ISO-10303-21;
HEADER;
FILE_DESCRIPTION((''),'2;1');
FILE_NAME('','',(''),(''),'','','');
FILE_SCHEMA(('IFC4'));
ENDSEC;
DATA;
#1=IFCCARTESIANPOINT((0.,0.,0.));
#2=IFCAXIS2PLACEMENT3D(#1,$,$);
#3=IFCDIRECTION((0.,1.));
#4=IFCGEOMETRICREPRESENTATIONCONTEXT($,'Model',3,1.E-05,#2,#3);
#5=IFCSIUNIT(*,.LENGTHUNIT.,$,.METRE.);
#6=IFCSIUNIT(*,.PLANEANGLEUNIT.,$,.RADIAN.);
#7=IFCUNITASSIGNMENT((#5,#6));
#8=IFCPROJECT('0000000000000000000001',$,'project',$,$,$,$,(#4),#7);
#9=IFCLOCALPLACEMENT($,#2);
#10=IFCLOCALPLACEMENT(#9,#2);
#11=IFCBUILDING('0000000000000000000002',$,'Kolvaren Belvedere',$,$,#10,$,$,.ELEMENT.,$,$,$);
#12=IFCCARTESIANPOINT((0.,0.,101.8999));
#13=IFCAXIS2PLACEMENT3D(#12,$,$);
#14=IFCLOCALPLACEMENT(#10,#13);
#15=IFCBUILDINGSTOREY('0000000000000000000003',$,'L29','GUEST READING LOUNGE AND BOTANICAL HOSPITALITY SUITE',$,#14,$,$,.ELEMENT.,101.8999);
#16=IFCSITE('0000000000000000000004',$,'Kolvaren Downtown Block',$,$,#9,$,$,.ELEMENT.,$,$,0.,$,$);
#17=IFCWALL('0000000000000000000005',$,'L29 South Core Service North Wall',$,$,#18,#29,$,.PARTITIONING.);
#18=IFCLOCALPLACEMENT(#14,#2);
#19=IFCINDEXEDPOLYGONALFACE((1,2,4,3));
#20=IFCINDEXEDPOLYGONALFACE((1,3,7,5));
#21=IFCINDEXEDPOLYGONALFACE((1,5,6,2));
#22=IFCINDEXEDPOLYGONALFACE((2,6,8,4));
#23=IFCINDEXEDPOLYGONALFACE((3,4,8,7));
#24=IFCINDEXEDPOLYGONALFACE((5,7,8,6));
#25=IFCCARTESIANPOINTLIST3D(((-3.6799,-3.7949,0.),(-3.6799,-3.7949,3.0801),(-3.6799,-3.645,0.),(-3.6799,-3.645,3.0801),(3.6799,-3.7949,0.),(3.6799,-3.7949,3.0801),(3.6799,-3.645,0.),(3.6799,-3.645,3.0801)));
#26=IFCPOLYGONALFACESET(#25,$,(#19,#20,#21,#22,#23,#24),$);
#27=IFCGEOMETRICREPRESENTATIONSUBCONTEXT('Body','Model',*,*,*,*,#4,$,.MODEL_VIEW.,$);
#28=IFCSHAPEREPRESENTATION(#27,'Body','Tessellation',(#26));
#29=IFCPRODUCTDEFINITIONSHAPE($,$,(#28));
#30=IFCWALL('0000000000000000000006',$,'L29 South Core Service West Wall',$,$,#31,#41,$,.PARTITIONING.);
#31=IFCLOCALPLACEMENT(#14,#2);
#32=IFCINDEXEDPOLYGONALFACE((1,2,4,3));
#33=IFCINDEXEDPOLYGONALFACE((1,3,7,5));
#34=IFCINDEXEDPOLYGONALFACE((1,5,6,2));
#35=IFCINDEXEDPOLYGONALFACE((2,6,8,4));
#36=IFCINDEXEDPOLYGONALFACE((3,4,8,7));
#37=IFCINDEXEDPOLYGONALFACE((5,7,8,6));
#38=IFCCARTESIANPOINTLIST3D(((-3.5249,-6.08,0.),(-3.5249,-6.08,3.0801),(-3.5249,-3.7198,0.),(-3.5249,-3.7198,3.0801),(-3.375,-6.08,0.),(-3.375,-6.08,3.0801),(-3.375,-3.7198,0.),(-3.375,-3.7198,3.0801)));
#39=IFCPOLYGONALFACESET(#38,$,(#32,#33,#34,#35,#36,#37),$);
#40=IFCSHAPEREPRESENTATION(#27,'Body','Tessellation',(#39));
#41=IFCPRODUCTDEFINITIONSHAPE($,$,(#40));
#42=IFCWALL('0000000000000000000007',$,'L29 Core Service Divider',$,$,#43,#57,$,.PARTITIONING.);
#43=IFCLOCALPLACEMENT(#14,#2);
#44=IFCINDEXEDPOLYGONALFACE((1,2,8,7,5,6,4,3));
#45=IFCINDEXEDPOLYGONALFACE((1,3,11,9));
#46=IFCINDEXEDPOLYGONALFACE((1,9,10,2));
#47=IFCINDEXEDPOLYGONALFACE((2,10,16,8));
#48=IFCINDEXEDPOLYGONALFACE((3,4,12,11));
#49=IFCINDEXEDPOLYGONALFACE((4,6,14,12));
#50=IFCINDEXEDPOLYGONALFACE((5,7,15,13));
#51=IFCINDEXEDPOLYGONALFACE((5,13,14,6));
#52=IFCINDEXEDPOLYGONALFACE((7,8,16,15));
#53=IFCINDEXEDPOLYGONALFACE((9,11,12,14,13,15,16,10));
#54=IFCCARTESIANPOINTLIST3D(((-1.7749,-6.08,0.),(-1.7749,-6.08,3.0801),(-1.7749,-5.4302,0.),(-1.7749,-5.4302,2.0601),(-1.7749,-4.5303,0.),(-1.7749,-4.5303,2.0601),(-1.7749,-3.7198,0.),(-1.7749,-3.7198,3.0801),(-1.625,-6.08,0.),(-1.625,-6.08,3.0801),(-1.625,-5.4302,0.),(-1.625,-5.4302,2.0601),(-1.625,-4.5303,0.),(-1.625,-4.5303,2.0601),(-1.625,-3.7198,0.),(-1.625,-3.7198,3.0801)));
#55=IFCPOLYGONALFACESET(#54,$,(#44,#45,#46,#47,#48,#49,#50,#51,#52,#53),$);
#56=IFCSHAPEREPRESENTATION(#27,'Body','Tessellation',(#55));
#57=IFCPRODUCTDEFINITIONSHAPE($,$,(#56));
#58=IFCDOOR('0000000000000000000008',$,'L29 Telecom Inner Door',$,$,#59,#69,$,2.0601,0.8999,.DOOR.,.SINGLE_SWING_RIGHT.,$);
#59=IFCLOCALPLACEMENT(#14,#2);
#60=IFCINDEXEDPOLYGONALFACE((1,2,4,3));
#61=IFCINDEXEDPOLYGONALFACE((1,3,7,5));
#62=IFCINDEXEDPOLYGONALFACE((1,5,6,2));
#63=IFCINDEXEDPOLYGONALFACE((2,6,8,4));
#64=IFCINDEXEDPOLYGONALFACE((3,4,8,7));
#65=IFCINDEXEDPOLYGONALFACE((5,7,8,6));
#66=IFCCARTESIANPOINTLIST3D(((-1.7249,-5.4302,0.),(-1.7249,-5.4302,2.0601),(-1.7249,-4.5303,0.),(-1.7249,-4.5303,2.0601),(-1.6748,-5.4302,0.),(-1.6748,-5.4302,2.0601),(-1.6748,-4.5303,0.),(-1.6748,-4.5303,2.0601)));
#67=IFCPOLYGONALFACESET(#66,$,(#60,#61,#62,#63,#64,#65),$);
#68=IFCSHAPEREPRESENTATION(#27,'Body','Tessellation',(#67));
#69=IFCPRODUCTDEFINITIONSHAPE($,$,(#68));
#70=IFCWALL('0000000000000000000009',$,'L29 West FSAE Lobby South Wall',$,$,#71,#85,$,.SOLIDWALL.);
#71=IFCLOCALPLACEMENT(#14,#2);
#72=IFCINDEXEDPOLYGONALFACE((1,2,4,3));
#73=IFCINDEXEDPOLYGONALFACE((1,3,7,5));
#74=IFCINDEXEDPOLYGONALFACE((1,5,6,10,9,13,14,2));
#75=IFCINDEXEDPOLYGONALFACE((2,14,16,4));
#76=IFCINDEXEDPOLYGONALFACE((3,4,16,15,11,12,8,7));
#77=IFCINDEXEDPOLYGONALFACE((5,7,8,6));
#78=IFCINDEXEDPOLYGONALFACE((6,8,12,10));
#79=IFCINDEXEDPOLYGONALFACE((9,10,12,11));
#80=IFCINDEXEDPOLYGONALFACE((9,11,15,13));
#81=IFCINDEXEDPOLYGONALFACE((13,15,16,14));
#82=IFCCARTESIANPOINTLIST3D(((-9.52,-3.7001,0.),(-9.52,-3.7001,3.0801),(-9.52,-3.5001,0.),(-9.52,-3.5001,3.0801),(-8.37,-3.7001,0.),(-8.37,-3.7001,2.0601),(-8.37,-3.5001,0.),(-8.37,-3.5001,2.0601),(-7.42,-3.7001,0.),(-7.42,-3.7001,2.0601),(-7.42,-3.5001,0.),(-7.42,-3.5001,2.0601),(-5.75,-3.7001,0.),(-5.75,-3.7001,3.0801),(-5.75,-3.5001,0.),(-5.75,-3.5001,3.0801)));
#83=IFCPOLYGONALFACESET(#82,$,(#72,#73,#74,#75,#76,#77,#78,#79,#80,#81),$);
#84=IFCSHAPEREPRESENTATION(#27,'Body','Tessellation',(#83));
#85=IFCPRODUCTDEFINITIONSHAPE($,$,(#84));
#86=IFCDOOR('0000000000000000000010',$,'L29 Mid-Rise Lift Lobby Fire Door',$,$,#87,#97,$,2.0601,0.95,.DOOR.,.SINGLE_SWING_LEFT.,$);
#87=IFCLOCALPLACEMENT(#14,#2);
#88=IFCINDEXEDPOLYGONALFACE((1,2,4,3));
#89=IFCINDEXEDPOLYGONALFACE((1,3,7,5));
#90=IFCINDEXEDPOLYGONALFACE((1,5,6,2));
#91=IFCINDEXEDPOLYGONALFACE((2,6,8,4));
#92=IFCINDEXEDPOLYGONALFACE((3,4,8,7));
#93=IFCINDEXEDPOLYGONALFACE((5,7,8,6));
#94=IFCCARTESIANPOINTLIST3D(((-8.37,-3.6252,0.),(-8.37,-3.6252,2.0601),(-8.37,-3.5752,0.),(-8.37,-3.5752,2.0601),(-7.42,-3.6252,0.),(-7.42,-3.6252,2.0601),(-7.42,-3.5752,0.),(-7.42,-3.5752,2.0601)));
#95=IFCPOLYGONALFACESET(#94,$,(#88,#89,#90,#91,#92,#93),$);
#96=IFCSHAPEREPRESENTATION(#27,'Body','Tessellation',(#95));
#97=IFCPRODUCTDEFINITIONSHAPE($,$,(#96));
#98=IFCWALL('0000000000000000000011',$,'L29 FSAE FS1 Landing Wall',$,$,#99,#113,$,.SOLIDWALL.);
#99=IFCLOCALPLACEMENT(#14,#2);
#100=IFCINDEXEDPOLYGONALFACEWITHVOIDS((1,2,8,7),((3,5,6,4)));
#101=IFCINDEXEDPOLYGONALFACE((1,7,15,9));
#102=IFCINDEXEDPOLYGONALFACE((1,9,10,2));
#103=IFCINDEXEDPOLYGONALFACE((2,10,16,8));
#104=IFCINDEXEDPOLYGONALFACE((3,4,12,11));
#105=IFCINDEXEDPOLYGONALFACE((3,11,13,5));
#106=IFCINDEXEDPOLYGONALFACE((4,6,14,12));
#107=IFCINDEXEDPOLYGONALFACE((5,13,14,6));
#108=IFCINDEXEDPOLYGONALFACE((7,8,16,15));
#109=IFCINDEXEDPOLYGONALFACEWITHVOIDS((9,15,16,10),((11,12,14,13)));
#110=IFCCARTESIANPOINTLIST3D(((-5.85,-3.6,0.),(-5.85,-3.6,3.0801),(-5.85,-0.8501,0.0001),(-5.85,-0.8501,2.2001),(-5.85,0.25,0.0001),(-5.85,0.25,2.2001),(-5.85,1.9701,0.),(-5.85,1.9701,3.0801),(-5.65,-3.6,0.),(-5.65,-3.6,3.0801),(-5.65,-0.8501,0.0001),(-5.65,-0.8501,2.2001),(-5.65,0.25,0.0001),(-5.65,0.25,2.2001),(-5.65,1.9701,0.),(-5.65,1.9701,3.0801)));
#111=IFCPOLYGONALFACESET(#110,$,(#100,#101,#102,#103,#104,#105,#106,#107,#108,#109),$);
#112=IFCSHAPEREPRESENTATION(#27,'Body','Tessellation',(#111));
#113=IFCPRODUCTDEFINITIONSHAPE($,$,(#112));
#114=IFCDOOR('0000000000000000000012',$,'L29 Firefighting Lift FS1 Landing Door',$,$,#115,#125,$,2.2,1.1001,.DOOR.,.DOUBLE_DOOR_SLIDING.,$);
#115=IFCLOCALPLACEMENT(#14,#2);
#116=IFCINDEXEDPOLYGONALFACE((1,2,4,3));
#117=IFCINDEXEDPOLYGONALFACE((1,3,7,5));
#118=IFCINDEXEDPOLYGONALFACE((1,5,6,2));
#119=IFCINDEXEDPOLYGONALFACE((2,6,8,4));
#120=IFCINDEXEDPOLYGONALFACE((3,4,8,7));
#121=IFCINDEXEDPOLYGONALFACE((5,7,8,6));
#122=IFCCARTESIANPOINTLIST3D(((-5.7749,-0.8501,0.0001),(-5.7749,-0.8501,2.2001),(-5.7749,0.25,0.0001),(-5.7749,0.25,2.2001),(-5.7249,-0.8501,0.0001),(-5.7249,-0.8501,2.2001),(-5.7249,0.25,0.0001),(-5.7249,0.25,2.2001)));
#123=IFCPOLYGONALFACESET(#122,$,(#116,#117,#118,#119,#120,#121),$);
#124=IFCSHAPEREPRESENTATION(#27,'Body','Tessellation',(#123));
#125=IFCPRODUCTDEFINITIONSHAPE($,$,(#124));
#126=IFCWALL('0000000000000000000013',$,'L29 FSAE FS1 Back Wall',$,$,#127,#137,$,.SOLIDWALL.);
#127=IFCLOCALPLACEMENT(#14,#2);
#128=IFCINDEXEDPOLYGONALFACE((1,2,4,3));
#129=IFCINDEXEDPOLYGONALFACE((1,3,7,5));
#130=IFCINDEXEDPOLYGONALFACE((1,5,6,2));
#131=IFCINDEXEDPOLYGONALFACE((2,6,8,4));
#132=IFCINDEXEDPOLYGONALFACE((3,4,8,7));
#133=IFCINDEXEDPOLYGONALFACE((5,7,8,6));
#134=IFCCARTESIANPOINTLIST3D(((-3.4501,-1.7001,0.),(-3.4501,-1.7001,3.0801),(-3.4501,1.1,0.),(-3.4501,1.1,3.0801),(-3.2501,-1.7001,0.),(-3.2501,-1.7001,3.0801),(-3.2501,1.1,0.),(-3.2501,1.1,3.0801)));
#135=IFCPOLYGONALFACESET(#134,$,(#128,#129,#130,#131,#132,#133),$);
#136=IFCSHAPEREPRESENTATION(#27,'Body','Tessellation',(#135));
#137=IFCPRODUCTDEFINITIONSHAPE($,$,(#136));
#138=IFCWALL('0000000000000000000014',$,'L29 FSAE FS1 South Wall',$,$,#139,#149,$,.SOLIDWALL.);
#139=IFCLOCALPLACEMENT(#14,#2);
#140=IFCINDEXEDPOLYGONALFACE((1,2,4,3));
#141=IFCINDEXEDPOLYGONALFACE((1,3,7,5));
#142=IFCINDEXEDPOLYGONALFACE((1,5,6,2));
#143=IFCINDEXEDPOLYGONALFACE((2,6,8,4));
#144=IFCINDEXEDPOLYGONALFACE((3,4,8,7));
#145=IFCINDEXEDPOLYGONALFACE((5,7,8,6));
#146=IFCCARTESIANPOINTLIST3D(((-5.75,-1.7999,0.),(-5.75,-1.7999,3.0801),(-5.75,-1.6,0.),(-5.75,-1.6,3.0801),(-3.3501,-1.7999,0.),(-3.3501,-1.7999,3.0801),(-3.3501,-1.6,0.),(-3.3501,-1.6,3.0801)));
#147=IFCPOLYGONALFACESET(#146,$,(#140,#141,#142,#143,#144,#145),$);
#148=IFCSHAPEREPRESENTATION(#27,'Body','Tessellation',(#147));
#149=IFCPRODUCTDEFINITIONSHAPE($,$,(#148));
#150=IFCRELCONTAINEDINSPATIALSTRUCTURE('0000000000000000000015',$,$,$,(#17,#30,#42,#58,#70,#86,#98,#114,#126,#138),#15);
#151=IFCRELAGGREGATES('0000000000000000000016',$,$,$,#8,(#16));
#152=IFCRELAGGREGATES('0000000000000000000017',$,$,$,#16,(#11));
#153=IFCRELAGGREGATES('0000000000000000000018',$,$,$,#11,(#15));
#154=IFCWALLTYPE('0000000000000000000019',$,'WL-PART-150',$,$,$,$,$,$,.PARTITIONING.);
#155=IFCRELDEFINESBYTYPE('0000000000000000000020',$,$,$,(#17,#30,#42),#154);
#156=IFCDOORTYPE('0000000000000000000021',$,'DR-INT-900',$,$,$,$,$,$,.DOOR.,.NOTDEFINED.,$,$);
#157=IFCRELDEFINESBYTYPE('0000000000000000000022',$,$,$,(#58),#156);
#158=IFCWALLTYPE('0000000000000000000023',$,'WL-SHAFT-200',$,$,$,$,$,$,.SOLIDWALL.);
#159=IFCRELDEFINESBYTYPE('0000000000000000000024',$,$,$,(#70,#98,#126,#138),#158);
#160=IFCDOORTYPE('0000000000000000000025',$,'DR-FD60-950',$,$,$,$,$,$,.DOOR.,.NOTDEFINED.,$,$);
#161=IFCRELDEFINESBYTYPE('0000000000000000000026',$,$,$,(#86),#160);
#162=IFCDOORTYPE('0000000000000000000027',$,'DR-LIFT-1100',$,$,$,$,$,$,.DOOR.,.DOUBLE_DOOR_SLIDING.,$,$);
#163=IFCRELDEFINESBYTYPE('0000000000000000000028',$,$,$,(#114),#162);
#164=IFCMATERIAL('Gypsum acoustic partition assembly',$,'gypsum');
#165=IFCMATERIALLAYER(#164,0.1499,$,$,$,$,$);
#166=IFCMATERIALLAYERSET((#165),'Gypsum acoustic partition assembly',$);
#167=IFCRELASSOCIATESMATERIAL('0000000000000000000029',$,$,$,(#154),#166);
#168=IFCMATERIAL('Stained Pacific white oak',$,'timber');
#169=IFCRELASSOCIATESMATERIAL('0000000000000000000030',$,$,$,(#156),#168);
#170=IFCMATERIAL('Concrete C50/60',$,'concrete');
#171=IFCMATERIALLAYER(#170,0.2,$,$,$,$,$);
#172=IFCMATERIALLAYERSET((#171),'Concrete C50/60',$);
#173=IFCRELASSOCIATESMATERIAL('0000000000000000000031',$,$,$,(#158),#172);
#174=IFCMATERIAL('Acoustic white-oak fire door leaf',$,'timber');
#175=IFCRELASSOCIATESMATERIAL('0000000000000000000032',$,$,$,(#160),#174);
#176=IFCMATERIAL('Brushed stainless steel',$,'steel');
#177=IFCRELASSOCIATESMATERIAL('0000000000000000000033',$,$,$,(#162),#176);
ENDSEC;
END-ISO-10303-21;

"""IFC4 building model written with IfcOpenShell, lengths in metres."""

from ifc_helpers import new_model, si_unit, direction, frame, frame_2d, origin, place, context, subcontext, project, spatial, rectangle, extrude, material, layer, layer_set, type_object, element, fill, save


model = new_model("IFC4")

# Units and contexts
model_context = context("Model", 3, precision=1e-05, world=origin(), true_north=direction((0.0, 1.0)))
body_context = subcontext(model_context, "Body", "Model", "MODEL_VIEW")
ifc_project = project(units=[si_unit("LENGTHUNIT", "METRE"), si_unit("PLANEANGLEUNIT", "RADIAN")], contexts=[model_context])

# Site, building, storey
site_placement = place(None, origin())
site = spatial("IfcSite", under=ifc_project, at=site_placement, Name="Kolvaren Downtown Block", CompositionType="ELEMENT", RefElevation=0.0)
building_placement = place(site_placement, origin())
building = spatial("IfcBuilding", under=site, at=building_placement, Name="Kolvaren Belvedere", CompositionType="ELEMENT")
storey_placement = place(building_placement, frame((0.0, 0.0, 101.8999)))
storey = spatial("IfcBuildingStorey", under=building, at=storey_placement, Name="L29", Description="GUEST READING LOUNGE AND BOTANICAL HOSPITALITY SUITE", CompositionType="ELEMENT", Elevation=101.8999)

# Walls
ifc_material_1 = material(Name="Gypsum acoustic partition assembly", Category="gypsum")
ifc_layer_1 = layer(ifc_material_1, 0.1499)
ifc_layer_set_1 = layer_set([ifc_layer_1], Name="Gypsum acoustic partition assembly")
wall_type_1 = type_object("IfcWallType", Name="WL-PART-150", PredefinedType="PARTITIONING", material=ifc_layer_set_1)
wall_1_placement = place(storey_placement, frame((-3.6799, -3.72, 0.0), z_axis=(0.0, 0.0, 1.0), x_axis=(1.0, 0.0, 0.0)))
element("IfcWall", 1, at=wall_1_placement, inside=storey, type_object=wall_type_1, Name="L29 South Core Service North Wall", PredefinedType="PARTITIONING", context=body_context, shape_type="SweptSolid", body=[
    extrude(rectangle(XDim=7.3599, YDim=0.1499, at=frame_2d((3.6799, 0.0))), origin(), (0.0, 0.0, 1.0), 3.0801),
])
wall_2_placement = place(storey_placement, frame((-3.45, -6.0801, 0.0), z_axis=(0.0, 0.0, 1.0), x_axis=(0.0, 1.0, 0.0)))
element("IfcWall", 2, at=wall_2_placement, inside=storey, type_object=wall_type_1, Name="L29 South Core Service West Wall", PredefinedType="PARTITIONING", context=body_context, shape_type="SweptSolid", body=[
    extrude(rectangle(XDim=2.3601, YDim=0.1499, at=frame_2d((1.1802, 0.0))), origin(), (0.0, 0.0, 1.0), 3.0801),
])

# Walls, openings, doors
wall_3_placement = place(storey_placement, frame((-1.7, -6.0801, 0.0), z_axis=(0.0, 0.0, 1.0), x_axis=(0.0, 1.0, 0.0)))
wall_3 = element("IfcWall", 3, at=wall_3_placement, inside=storey, type_object=wall_type_1, Name="L29 Core Service Divider", PredefinedType="PARTITIONING", context=body_context, shape_type="SweptSolid", body=[
    extrude(rectangle(XDim=2.3601, YDim=0.1499, at=frame_2d((1.1802, 0.0))), origin(), (0.0, 0.0, 1.0), 3.0801),
])
opening_1_placement = place(wall_3_placement, frame((0.6499, 0.0, 0.0)))
opening_1 = element("IfcOpeningElement", 4, at=opening_1_placement, cuts=wall_3, PredefinedType="OPENING", context=body_context, shape_type="SweptSolid", body=[
    extrude(rectangle(XDim=0.8999, YDim=2.0601, at=frame_2d((0.45, 1.03))), frame((0.0, 0.085, 0.0), z_axis=(0.0, -1.0, 0.0), x_axis=(1.0, 0.0, 0.0)), (0.0, 0.0, 1.0), 0.1699),
])
ifc_material_2 = material(Name="Stained Pacific white oak", Category="timber")
door_type_1 = type_object("IfcDoorType", Name="DR-INT-900", OperationType="NOTDEFINED", PredefinedType="DOOR", material=ifc_material_2)
door_1_placement = place(opening_1_placement, origin())
door_1 = element("IfcDoor", 5, at=door_1_placement, inside=storey, type_object=door_type_1, Name="L29 Telecom Inner Door", OperationType="SINGLE_SWING_RIGHT", OverallHeight=2.0601, OverallWidth=0.8999, PredefinedType="DOOR", context=body_context, shape_type="SweptSolid", body=[
    extrude(rectangle(XDim=0.8999, YDim=2.0601, at=frame_2d((0.45, 1.03))), frame((0.0, 0.0249, 0.0), z_axis=(0.0, -1.0, 0.0), x_axis=(1.0, 0.0, 0.0)), (0.0, 0.0, 1.0), 0.05),
])
fill(opening_1, door_1)
ifc_material_3 = material(Name="Concrete C50/60", Category="concrete")
ifc_layer_2 = layer(ifc_material_3, 0.2)
ifc_layer_set_2 = layer_set([ifc_layer_2], Name="Concrete C50/60")
wall_type_2 = type_object("IfcWallType", Name="WL-SHAFT-200", PredefinedType="SOLIDWALL", material=ifc_layer_set_2)
wall_4_placement = place(storey_placement, frame((-9.52, -3.6001, 0.0), z_axis=(0.0, 0.0, 1.0), x_axis=(1.0, 0.0, 0.0)))
wall_4 = element("IfcWall", 6, at=wall_4_placement, inside=storey, type_object=wall_type_2, Name="L29 West FSAE Lobby South Wall", PredefinedType="SOLIDWALL", context=body_context, shape_type="SweptSolid", body=[
    extrude(rectangle(XDim=3.77, YDim=0.2, at=frame_2d((1.885, 0.0))), origin(), (0.0, 0.0, 1.0), 3.0801),
])
opening_2_placement = place(wall_4_placement, frame((1.1499, 0.0, 0.0)))
opening_2 = element("IfcOpeningElement", 7, at=opening_2_placement, cuts=wall_4, PredefinedType="OPENING", context=body_context, shape_type="SweptSolid", body=[
    extrude(rectangle(XDim=0.95, YDim=2.0601, at=frame_2d((0.4751, 1.03))), frame((0.0, 0.1099, 0.0), z_axis=(0.0, -1.0, 0.0), x_axis=(1.0, 0.0, 0.0)), (0.0, 0.0, 1.0), 0.22),
])
ifc_material_4 = material(Name="Acoustic white-oak fire door leaf", Category="timber")
door_type_2 = type_object("IfcDoorType", Name="DR-FD60-950", OperationType="NOTDEFINED", PredefinedType="DOOR", material=ifc_material_4)
door_2_placement = place(opening_2_placement, origin())
door_2 = element("IfcDoor", 8, at=door_2_placement, inside=storey, type_object=door_type_2, Name="L29 Mid-Rise Lift Lobby Fire Door", OperationType="SINGLE_SWING_LEFT", OverallHeight=2.0601, OverallWidth=0.95, PredefinedType="DOOR", context=body_context, shape_type="SweptSolid", body=[
    extrude(rectangle(XDim=0.95, YDim=2.0601, at=frame_2d((0.4751, 1.03))), frame((0.0, 0.0249, 0.0), z_axis=(0.0, -1.0, 0.0), x_axis=(1.0, 0.0, 0.0)), (0.0, 0.0, 1.0), 0.05),
])
fill(opening_2, door_2)
wall_5_placement = place(storey_placement, frame((-5.75, -3.6001, 0.0), z_axis=(0.0, 0.0, 1.0), x_axis=(0.0, 1.0, 0.0)))
wall_5 = element("IfcWall", 9, at=wall_5_placement, inside=storey, type_object=wall_type_2, Name="L29 FSAE FS1 Landing Wall", PredefinedType="SOLIDWALL", context=body_context, shape_type="SweptSolid", body=[
    extrude(rectangle(XDim=5.5701, YDim=0.2, at=frame_2d((2.7852, 0.0))), origin(), (0.0, 0.0, 1.0), 3.0801),
])
opening_3_placement = place(wall_5_placement, frame((2.75, 0.0, 0.0)))
opening_3 = element("IfcOpeningElement", 10, at=opening_3_placement, cuts=wall_5, PredefinedType="OPENING", context=body_context, shape_type="SweptSolid", body=[
    extrude(rectangle(XDim=1.1001, YDim=2.2, at=frame_2d((0.55, 1.1001))), frame((0.0, 0.1099, 0.0), z_axis=(0.0, -1.0, 0.0), x_axis=(1.0, 0.0, 0.0)), (0.0, 0.0, 1.0), 0.22),
])
ifc_material_5 = material(Name="Brushed stainless steel", Category="steel")
door_type_3 = type_object("IfcDoorType", Name="DR-LIFT-1100", OperationType="DOUBLE_DOOR_SLIDING", PredefinedType="DOOR", material=ifc_material_5)
door_3_placement = place(opening_3_placement, origin())
door_3 = element("IfcDoor", 11, at=door_3_placement, inside=storey, type_object=door_type_3, Name="L29 Firefighting Lift FS1 Landing Door", OperationType="DOUBLE_DOOR_SLIDING", OverallHeight=2.2, OverallWidth=1.1001, PredefinedType="DOOR", context=body_context, shape_type="SweptSolid", body=[
    extrude(rectangle(XDim=1.1001, YDim=2.2, at=frame_2d((0.55, 1.1001))), frame((0.0, 0.0249, 0.0), z_axis=(0.0, -1.0, 0.0), x_axis=(1.0, 0.0, 0.0)), (0.0, 0.0, 1.0), 0.05),
])
fill(opening_3, door_3)

# Walls
wall_6_placement = place(storey_placement, frame((-3.3501, -1.7, 0.0), z_axis=(0.0, 0.0, 1.0), x_axis=(0.0, 1.0, 0.0)))
element("IfcWall", 12, at=wall_6_placement, inside=storey, type_object=wall_type_2, Name="L29 FSAE FS1 Back Wall", PredefinedType="SOLIDWALL", context=body_context, shape_type="SweptSolid", body=[
    extrude(rectangle(XDim=2.8, YDim=0.2, at=frame_2d((1.3999, 0.0))), origin(), (0.0, 0.0, 1.0), 3.0801),
])
wall_7_placement = place(storey_placement, frame((-5.75, -1.7, 0.0), z_axis=(0.0, 0.0, 1.0), x_axis=(1.0, 0.0, 0.0)))
element("IfcWall", 13, at=wall_7_placement, inside=storey, type_object=wall_type_2, Name="L29 FSAE FS1 South Wall", PredefinedType="SOLIDWALL", context=body_context, shape_type="SweptSolid", body=[
    extrude(rectangle(XDim=2.3999, YDim=0.2, at=frame_2d((1.2, 0.0))), origin(), (0.0, 0.0, 1.0), 3.0801),
])

save(model, "model.ifc")
